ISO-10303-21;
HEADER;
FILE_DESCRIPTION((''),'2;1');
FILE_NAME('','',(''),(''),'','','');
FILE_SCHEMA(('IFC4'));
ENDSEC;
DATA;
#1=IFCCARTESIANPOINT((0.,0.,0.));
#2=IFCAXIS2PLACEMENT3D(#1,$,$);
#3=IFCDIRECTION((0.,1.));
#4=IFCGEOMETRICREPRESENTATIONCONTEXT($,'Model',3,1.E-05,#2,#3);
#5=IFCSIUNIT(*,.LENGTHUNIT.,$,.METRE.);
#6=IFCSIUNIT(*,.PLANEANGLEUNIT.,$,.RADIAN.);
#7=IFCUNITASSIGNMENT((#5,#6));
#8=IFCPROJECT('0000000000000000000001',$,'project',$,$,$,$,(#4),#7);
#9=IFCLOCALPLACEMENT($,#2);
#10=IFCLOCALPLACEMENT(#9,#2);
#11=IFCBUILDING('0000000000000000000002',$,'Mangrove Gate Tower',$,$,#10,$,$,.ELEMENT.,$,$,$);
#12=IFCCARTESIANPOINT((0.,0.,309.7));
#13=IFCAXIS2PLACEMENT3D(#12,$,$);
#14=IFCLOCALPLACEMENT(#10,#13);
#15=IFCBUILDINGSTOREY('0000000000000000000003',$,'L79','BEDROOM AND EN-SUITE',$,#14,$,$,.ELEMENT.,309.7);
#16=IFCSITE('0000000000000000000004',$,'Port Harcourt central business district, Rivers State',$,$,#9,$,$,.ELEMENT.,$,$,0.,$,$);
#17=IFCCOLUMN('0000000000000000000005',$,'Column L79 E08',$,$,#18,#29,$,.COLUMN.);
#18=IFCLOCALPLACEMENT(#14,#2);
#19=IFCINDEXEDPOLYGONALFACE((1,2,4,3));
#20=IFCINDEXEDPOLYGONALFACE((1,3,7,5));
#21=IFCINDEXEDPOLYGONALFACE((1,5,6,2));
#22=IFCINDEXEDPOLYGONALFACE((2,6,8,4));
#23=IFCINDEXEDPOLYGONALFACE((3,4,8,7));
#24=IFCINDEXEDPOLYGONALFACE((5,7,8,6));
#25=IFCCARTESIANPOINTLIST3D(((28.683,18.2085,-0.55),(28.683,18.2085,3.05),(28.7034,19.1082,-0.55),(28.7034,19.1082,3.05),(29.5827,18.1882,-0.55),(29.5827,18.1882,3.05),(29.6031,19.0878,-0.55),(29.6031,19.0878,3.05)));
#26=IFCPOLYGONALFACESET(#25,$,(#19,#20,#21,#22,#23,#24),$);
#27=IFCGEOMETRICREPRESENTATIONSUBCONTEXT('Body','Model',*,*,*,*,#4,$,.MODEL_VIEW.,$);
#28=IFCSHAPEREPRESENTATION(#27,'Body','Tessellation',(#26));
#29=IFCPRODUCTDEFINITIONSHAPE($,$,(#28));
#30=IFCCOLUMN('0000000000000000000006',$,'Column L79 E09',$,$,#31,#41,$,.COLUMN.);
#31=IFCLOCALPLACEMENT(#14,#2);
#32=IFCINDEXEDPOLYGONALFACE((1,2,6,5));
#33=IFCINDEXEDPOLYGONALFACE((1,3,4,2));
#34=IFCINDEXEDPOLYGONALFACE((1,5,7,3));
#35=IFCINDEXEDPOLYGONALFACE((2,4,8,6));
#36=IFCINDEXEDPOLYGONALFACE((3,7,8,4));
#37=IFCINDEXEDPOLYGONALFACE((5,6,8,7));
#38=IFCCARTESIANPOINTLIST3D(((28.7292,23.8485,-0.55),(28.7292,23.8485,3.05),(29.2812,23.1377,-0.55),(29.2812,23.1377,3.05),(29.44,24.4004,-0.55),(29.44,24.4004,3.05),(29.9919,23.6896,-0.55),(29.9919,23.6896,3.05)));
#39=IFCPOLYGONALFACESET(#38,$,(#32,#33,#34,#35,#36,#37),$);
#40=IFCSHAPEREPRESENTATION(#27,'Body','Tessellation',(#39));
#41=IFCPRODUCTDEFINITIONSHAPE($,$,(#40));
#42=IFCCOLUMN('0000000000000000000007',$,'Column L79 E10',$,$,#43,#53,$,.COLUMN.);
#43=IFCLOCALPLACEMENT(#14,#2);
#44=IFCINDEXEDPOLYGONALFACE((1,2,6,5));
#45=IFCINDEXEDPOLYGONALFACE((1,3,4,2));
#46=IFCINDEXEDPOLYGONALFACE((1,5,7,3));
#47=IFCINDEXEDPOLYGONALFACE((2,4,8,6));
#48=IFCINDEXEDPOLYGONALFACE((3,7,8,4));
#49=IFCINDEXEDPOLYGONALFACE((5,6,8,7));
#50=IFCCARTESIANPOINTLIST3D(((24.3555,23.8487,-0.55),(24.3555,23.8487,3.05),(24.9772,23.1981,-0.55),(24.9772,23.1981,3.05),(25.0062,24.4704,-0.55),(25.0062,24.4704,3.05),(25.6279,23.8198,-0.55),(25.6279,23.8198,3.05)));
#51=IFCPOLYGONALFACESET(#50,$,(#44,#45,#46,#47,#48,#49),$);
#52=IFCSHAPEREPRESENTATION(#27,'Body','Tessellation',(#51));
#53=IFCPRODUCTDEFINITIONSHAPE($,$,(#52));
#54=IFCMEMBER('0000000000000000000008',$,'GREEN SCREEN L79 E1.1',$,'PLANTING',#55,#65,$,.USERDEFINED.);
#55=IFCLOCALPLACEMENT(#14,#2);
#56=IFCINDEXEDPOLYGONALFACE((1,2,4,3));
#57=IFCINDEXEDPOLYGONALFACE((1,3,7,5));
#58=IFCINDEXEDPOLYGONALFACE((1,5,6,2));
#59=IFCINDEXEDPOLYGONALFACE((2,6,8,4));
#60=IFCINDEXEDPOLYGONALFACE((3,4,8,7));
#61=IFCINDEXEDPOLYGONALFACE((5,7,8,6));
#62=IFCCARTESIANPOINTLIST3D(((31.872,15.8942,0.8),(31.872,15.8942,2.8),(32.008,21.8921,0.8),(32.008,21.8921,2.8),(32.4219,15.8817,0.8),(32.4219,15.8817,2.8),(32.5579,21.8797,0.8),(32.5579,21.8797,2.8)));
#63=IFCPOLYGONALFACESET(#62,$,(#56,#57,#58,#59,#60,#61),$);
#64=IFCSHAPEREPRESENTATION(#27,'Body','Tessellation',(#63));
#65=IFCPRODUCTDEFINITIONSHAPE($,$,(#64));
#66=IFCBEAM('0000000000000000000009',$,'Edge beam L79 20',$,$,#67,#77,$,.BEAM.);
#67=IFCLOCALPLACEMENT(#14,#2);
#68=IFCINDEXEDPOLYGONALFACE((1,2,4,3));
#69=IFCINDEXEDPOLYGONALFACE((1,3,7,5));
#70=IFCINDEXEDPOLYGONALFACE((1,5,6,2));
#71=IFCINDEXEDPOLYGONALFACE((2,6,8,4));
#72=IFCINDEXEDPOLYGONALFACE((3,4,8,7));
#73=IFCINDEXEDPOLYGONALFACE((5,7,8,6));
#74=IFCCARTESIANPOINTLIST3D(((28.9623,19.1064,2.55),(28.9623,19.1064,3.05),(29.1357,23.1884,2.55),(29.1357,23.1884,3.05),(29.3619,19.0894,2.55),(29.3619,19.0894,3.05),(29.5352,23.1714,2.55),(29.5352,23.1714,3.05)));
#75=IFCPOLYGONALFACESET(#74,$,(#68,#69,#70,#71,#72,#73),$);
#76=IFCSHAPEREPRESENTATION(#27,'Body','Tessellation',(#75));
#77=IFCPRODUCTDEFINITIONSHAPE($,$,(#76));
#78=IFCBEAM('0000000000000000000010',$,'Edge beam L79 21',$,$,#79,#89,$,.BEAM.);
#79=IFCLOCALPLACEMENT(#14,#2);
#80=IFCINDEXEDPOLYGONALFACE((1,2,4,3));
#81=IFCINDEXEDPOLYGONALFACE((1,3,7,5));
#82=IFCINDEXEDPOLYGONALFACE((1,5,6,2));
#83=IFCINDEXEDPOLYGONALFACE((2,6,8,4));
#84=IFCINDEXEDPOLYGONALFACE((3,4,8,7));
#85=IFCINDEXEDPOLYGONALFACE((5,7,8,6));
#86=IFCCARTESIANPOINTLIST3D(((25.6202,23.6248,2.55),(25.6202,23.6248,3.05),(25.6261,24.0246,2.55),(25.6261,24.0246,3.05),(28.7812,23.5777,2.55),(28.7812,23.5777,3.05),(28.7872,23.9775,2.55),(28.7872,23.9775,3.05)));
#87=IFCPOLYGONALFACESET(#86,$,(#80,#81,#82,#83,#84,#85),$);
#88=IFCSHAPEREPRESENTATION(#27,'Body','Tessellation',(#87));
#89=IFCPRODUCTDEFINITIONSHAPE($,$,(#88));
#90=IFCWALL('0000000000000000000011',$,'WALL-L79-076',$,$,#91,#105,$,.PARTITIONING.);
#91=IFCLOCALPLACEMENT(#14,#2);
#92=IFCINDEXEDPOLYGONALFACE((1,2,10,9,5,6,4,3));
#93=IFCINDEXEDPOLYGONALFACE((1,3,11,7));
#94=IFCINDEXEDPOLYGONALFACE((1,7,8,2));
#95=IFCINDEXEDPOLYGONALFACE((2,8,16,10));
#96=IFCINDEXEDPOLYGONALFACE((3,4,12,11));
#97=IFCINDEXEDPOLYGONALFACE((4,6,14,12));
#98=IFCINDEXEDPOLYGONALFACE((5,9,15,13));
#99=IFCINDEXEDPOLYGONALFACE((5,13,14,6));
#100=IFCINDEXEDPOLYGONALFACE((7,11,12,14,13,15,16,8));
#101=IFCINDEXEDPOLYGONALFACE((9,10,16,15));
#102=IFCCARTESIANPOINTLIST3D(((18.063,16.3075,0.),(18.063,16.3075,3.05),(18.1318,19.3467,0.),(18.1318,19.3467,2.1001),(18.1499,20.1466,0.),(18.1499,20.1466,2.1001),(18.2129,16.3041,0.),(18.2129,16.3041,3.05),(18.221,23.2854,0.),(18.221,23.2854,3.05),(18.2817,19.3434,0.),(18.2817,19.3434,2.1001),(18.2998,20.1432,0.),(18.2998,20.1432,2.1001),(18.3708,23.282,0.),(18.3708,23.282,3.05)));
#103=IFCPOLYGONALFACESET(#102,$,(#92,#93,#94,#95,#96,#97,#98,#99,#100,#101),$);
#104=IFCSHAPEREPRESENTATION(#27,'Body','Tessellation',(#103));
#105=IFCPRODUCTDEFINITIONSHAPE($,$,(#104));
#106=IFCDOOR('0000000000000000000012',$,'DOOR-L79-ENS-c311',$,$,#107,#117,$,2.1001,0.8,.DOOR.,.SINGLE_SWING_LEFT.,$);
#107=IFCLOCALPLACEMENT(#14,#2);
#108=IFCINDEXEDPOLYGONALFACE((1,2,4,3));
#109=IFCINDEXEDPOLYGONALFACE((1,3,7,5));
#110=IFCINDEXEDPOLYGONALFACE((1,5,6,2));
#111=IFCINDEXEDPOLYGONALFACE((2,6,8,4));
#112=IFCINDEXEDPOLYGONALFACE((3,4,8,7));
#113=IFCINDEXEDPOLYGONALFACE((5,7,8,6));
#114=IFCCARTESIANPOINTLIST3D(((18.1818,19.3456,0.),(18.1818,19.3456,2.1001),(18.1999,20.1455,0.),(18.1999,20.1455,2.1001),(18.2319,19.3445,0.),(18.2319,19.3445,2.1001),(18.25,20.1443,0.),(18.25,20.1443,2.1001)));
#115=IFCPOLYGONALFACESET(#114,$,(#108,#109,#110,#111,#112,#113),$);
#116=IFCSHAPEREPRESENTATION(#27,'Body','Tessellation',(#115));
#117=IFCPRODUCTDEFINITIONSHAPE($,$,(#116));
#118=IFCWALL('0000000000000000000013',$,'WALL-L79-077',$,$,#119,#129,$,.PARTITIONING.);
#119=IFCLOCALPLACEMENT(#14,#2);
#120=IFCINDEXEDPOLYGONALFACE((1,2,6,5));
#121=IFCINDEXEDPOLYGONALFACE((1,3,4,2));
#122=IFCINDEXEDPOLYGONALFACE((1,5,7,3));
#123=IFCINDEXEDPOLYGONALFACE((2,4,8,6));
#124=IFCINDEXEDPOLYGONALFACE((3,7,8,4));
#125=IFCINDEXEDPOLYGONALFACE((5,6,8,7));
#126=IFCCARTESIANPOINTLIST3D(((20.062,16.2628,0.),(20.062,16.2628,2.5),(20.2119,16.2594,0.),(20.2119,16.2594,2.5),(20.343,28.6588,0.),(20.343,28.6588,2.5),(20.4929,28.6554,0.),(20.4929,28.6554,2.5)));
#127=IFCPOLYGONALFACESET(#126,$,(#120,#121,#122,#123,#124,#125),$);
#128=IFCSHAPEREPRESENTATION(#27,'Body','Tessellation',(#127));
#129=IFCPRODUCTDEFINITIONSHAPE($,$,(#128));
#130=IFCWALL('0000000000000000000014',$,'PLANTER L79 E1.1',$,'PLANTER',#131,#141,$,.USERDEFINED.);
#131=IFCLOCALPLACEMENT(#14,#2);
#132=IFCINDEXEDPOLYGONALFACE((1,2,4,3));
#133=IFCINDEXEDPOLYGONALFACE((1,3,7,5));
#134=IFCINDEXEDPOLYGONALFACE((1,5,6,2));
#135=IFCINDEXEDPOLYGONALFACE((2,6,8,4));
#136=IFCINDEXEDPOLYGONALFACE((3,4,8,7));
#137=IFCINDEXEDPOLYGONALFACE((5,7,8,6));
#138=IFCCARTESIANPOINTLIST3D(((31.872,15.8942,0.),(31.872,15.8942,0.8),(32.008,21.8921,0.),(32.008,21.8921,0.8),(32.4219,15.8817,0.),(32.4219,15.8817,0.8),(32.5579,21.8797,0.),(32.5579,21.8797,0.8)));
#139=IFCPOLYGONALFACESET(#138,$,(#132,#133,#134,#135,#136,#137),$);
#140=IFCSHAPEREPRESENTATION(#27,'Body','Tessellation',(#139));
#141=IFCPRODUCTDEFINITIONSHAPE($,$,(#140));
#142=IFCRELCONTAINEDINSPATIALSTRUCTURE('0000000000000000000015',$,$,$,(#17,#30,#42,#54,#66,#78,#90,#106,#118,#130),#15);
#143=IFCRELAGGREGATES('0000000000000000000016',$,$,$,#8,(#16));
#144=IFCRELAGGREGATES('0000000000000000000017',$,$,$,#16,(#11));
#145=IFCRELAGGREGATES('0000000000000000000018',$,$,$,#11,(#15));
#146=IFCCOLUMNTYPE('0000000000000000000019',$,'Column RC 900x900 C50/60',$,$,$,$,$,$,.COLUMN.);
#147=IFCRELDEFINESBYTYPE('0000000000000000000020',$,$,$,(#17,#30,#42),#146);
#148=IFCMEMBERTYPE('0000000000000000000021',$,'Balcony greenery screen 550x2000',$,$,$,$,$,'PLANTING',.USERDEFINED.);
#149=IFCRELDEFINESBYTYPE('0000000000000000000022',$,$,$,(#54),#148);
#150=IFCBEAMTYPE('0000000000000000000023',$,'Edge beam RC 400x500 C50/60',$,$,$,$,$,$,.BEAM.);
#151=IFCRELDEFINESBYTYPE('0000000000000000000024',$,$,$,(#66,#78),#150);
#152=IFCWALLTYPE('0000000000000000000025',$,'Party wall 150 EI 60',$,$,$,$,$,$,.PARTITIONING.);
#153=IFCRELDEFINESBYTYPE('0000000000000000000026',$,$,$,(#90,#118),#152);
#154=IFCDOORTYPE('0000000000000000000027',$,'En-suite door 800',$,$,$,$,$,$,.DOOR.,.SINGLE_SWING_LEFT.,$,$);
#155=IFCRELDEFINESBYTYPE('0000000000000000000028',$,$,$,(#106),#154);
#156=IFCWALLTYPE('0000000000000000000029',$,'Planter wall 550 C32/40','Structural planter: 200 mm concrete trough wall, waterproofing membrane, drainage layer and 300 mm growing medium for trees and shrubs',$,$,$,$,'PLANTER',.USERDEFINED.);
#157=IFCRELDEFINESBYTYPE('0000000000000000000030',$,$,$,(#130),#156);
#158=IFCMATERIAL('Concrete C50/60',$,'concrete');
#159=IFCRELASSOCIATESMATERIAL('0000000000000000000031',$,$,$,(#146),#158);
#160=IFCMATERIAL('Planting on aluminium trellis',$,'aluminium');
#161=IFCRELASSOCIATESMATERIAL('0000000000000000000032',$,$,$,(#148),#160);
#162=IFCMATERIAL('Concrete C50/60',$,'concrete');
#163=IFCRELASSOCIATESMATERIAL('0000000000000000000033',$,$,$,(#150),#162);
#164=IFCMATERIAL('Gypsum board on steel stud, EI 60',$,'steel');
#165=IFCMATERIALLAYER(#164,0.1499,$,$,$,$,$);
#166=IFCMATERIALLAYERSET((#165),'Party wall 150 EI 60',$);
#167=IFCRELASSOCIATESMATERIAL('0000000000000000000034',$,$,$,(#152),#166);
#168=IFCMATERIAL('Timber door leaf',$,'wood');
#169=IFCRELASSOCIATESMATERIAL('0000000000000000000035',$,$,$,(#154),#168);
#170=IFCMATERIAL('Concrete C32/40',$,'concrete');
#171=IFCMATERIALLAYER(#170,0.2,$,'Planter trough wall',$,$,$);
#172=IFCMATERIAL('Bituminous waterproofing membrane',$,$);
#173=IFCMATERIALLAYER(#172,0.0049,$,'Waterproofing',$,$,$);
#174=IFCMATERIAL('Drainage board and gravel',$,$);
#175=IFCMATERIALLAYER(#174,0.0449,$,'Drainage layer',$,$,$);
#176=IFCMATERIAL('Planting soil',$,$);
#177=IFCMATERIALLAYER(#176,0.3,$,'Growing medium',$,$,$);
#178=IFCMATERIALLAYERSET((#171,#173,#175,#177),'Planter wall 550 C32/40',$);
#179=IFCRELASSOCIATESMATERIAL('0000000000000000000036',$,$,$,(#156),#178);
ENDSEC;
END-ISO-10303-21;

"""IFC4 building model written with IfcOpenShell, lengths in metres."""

from ifc_helpers import new_model, si_unit, direction, frame, frame_2d, origin, origin_2d, place, context, subcontext, project, spatial, rectangle, extrude, material, layer, layer_set, material_profile, profile_set, type_object, element, fill, save


model = new_model("IFC4")

# Units and contexts
model_context = context("Model", 3, precision=1e-05, world=origin(), true_north=direction((0.0, 1.0)))
body_context = subcontext(model_context, "Body", "Model", "MODEL_VIEW")
ifc_project = project(units=[si_unit("LENGTHUNIT", "METRE"), si_unit("PLANEANGLEUNIT", "RADIAN")], contexts=[model_context])

# Site, building, storey
site_placement = place(None, origin())
site = spatial("IfcSite", under=ifc_project, at=site_placement, Name="Port Harcourt central business district, Rivers State", CompositionType="ELEMENT", RefElevation=0.0)
building_placement = place(site_placement, origin())
building = spatial("IfcBuilding", under=site, at=building_placement, Name="Mangrove Gate Tower", CompositionType="ELEMENT")
storey_placement = place(building_placement, frame((0.0, 0.0, 309.7)))
storey = spatial("IfcBuildingStorey", under=building, at=storey_placement, Name="L79", Description="BEDROOM AND EN-SUITE", CompositionType="ELEMENT", Elevation=309.7)

# Columns
ifc_material_1 = material(Name="Concrete C50/60", Category="concrete")
ifc_material_profile_1 = material_profile(ifc_material_1, rectangle(XDim=0.8999, YDim=0.8999, at=origin_2d()))
ifc_profile_set_1 = profile_set([ifc_material_profile_1], Name="Concrete C50/60")
column_type = type_object("IfcColumnType", Name="Column RC 900x900 C50/60", PredefinedType="COLUMN", material=ifc_profile_set_1)
for number, where, z_axis, x_axis, name in (
    (1, (29.1431, 18.6482, -0.55), (0.0, 0.0, 1.0), (0.022652, 0.999743, 0.0), "Column L79 E08"),
    (2, (29.3606, 23.769, -0.55), (0.0, 0.0, 1.0), (-0.613295, 0.789854, 0.0), "Column L79 E09"),
    (3, (24.9917, 23.8342, -0.55), (0.0, 0.0, 1.0), (-0.690854, 0.722994, 0.0), "Column L79 E10"),
):
    element("IfcColumn", number, at=place(storey_placement, frame(where, z_axis=z_axis, x_axis=x_axis)), inside=storey, type_object=column_type, Name=name, PredefinedType="COLUMN", context=body_context, shape_type="SweptSolid", body=[
        extrude(rectangle(XDim=0.8999, YDim=0.8999, at=origin_2d()), origin(), (0.0, 0.0, 1.0), 3.6001),
    ])

# Member
ifc_material_2 = material(Name="Planting on aluminium trellis", Category="aluminium")
ifc_material_profile_2 = material_profile(ifc_material_2, rectangle(XDim=0.55, YDim=2.0, at=origin_2d()))
ifc_profile_set_2 = profile_set([ifc_material_profile_2], Name="Planting on aluminium trellis")
member_type = type_object("IfcMemberType", Name="Balcony greenery screen 550x2000", ElementType="PLANTING", PredefinedType="USERDEFINED", material=ifc_profile_set_2)
member_placement = place(storey_placement, frame((32.147, 15.8879, 1.8), z_axis=(0.022666, 0.999743, 0.0), x_axis=(-0.999743, 0.022666, 0.0)))
element("IfcMember", 4, at=member_placement, inside=storey, type_object=member_type, Name="GREEN SCREEN L79 E1.1", ObjectType="PLANTING", PredefinedType="USERDEFINED", context=body_context, shape_type="SweptSolid", body=[
    extrude(rectangle(XDim=0.55, YDim=2.0, at=origin_2d()), origin(), (0.0, 0.0, 1.0), 5.9995),
])

# Beams
ifc_material_3 = material(Name="Concrete C50/60", Category="concrete")
ifc_material_profile_3 = material_profile(ifc_material_3, rectangle(XDim=0.3999, YDim=0.5, at=origin_2d()))
ifc_profile_set_3 = profile_set([ifc_material_profile_3], Name="Concrete C50/60")
beam_type = type_object("IfcBeamType", Name="Edge beam RC 400x500 C50/60", PredefinedType="BEAM", material=ifc_profile_set_3)
beam_1_placement = place(storey_placement, frame((29.1621, 19.0979, 2.8), z_axis=(0.042426, 0.9991, 0.0), x_axis=(-0.9991, 0.042426, 0.0)))
element("IfcBeam", 5, at=beam_1_placement, inside=storey, type_object=beam_type, Name="Edge beam L79 20", PredefinedType="BEAM", context=body_context, shape_type="SweptSolid", body=[
    extrude(rectangle(XDim=0.3999, YDim=0.5, at=origin_2d()), origin(), (0.0, 0.0, 1.0), 4.0857),
])
beam_2_placement = place(storey_placement, frame((28.7842, 23.7776, 2.8), z_axis=(-0.999889, 0.014904, 0.0), x_axis=(-0.014904, -0.999889, 0.0)))
element("IfcBeam", 6, at=beam_2_placement, inside=storey, type_object=beam_type, Name="Edge beam L79 21", PredefinedType="BEAM", context=body_context, shape_type="SweptSolid", body=[
    extrude(rectangle(XDim=0.3999, YDim=0.5, at=origin_2d()), origin(), (0.0, 0.0, 1.0), 3.1614),
])

# Wall, opening, door
ifc_material_4 = material(Name="Gypsum board on steel stud, EI 60", Category="steel")
ifc_layer_1 = layer(ifc_material_4, 0.1499)
ifc_layer_set_1 = layer_set([ifc_layer_1], Name="Party wall 150 EI 60")
wall_type_1 = type_object("IfcWallType", Name="Party wall 150 EI 60", PredefinedType="PARTITIONING", material=ifc_layer_set_1)
wall_1_placement = place(storey_placement, frame((18.1379, 16.3059, 0.0), z_axis=(0.0, 0.0, 1.0), x_axis=(0.022631, 0.999744, 0.0)))
wall_1 = element("IfcWall", 7, at=wall_1_placement, inside=storey, type_object=wall_type_1, Name="WALL-L79-076", PredefinedType="PARTITIONING", context=body_context, shape_type="SweptSolid", body=[
    extrude(rectangle(XDim=6.9797, YDim=0.1499, at=frame_2d((3.4897, 0.0))), origin(), (0.0, 0.0, 1.0), 3.05),
])
opening_placement = place(wall_1_placement, frame((3.04, 0.0, 0.0)))
opening = element("IfcOpeningElement", 8, at=opening_placement, cuts=wall_1, PredefinedType="OPENING", context=body_context, shape_type="SweptSolid", body=[
    extrude(rectangle(XDim=0.8, YDim=2.1001, at=frame_2d((0.3999, 1.05))), frame((0.0, 0.085, 0.0), z_axis=(0.0, -1.0, 0.0), x_axis=(1.0, 0.0, 0.0)), (0.0, 0.0, 1.0), 0.1699),
])
ifc_material_5 = material(Name="Timber door leaf", Category="wood")
door_type = type_object("IfcDoorType", Name="En-suite door 800", OperationType="SINGLE_SWING_LEFT", PredefinedType="DOOR", material=ifc_material_5)
door_placement = place(opening_placement, origin())
door = element("IfcDoor", 9, at=door_placement, inside=storey, type_object=door_type, Name="DOOR-L79-ENS-c311", OperationType="SINGLE_SWING_LEFT", OverallHeight=2.1001, OverallWidth=0.8, PredefinedType="DOOR", context=body_context, shape_type="SweptSolid", body=[
    extrude(rectangle(XDim=0.8, YDim=2.1001, at=frame_2d((0.3999, 1.05))), frame((0.0, 0.0249, 0.0), z_axis=(0.0, -1.0, 0.0), x_axis=(1.0, 0.0, 0.0)), (0.0, 0.0, 1.0), 0.05),
])
fill(opening, door)

# Walls
wall_2_placement = place(storey_placement, frame((20.137, 16.261, 0.0), z_axis=(0.0, 0.0, 1.0), x_axis=(0.022663, 0.999743, 0.0)))
element("IfcWall", 10, at=wall_2_placement, inside=storey, type_object=wall_type_1, Name="WALL-L79-077", PredefinedType="PARTITIONING", context=body_context, shape_type="SweptSolid", body=[
    extrude(rectangle(XDim=12.3992, YDim=0.1499, at=frame_2d((6.1997, 0.0))), origin(), (0.0, 0.0, 1.0), 2.5),
])
ifc_material_6 = material(Name="Concrete C32/40", Category="concrete")
ifc_layer_2 = layer(ifc_material_6, 0.2, Name="Planter trough wall")
ifc_material_7 = material(Name="Bituminous waterproofing membrane")
ifc_layer_3 = layer(ifc_material_7, 0.0049, Name="Waterproofing")
ifc_material_8 = material(Name="Drainage board and gravel")
ifc_layer_4 = layer(ifc_material_8, 0.0449, Name="Drainage layer")
ifc_material_9 = material(Name="Planting soil")
ifc_layer_5 = layer(ifc_material_9, 0.3, Name="Growing medium")
ifc_layer_set_2 = layer_set([ifc_layer_2, ifc_layer_3, ifc_layer_4, ifc_layer_5], Name="Planter wall 550 C32/40")
wall_type_2 = type_object("IfcWallType", Name="Planter wall 550 C32/40", Description="Structural planter: 200 mm concrete trough wall, waterproofing membrane, drainage layer and 300 mm growing medium for trees and shrubs", ElementType="PLANTER", PredefinedType="USERDEFINED", material=ifc_layer_set_2)
wall_3_placement = place(storey_placement, frame((32.147, 15.8879, 0.0), z_axis=(0.0, 0.0, 1.0), x_axis=(0.022666, 0.999743, 0.0)))
element("IfcWall", 11, at=wall_3_placement, inside=storey, type_object=wall_type_2, Name="PLANTER L79 E1.1", ObjectType="PLANTER", PredefinedType="USERDEFINED", context=body_context, shape_type="SweptSolid", body=[
    extrude(rectangle(XDim=5.9995, YDim=0.55, at=frame_2d((2.9998, 0.0))), origin(), (0.0, 0.0, 1.0), 0.8),
])

save(model, "model.ifc")
